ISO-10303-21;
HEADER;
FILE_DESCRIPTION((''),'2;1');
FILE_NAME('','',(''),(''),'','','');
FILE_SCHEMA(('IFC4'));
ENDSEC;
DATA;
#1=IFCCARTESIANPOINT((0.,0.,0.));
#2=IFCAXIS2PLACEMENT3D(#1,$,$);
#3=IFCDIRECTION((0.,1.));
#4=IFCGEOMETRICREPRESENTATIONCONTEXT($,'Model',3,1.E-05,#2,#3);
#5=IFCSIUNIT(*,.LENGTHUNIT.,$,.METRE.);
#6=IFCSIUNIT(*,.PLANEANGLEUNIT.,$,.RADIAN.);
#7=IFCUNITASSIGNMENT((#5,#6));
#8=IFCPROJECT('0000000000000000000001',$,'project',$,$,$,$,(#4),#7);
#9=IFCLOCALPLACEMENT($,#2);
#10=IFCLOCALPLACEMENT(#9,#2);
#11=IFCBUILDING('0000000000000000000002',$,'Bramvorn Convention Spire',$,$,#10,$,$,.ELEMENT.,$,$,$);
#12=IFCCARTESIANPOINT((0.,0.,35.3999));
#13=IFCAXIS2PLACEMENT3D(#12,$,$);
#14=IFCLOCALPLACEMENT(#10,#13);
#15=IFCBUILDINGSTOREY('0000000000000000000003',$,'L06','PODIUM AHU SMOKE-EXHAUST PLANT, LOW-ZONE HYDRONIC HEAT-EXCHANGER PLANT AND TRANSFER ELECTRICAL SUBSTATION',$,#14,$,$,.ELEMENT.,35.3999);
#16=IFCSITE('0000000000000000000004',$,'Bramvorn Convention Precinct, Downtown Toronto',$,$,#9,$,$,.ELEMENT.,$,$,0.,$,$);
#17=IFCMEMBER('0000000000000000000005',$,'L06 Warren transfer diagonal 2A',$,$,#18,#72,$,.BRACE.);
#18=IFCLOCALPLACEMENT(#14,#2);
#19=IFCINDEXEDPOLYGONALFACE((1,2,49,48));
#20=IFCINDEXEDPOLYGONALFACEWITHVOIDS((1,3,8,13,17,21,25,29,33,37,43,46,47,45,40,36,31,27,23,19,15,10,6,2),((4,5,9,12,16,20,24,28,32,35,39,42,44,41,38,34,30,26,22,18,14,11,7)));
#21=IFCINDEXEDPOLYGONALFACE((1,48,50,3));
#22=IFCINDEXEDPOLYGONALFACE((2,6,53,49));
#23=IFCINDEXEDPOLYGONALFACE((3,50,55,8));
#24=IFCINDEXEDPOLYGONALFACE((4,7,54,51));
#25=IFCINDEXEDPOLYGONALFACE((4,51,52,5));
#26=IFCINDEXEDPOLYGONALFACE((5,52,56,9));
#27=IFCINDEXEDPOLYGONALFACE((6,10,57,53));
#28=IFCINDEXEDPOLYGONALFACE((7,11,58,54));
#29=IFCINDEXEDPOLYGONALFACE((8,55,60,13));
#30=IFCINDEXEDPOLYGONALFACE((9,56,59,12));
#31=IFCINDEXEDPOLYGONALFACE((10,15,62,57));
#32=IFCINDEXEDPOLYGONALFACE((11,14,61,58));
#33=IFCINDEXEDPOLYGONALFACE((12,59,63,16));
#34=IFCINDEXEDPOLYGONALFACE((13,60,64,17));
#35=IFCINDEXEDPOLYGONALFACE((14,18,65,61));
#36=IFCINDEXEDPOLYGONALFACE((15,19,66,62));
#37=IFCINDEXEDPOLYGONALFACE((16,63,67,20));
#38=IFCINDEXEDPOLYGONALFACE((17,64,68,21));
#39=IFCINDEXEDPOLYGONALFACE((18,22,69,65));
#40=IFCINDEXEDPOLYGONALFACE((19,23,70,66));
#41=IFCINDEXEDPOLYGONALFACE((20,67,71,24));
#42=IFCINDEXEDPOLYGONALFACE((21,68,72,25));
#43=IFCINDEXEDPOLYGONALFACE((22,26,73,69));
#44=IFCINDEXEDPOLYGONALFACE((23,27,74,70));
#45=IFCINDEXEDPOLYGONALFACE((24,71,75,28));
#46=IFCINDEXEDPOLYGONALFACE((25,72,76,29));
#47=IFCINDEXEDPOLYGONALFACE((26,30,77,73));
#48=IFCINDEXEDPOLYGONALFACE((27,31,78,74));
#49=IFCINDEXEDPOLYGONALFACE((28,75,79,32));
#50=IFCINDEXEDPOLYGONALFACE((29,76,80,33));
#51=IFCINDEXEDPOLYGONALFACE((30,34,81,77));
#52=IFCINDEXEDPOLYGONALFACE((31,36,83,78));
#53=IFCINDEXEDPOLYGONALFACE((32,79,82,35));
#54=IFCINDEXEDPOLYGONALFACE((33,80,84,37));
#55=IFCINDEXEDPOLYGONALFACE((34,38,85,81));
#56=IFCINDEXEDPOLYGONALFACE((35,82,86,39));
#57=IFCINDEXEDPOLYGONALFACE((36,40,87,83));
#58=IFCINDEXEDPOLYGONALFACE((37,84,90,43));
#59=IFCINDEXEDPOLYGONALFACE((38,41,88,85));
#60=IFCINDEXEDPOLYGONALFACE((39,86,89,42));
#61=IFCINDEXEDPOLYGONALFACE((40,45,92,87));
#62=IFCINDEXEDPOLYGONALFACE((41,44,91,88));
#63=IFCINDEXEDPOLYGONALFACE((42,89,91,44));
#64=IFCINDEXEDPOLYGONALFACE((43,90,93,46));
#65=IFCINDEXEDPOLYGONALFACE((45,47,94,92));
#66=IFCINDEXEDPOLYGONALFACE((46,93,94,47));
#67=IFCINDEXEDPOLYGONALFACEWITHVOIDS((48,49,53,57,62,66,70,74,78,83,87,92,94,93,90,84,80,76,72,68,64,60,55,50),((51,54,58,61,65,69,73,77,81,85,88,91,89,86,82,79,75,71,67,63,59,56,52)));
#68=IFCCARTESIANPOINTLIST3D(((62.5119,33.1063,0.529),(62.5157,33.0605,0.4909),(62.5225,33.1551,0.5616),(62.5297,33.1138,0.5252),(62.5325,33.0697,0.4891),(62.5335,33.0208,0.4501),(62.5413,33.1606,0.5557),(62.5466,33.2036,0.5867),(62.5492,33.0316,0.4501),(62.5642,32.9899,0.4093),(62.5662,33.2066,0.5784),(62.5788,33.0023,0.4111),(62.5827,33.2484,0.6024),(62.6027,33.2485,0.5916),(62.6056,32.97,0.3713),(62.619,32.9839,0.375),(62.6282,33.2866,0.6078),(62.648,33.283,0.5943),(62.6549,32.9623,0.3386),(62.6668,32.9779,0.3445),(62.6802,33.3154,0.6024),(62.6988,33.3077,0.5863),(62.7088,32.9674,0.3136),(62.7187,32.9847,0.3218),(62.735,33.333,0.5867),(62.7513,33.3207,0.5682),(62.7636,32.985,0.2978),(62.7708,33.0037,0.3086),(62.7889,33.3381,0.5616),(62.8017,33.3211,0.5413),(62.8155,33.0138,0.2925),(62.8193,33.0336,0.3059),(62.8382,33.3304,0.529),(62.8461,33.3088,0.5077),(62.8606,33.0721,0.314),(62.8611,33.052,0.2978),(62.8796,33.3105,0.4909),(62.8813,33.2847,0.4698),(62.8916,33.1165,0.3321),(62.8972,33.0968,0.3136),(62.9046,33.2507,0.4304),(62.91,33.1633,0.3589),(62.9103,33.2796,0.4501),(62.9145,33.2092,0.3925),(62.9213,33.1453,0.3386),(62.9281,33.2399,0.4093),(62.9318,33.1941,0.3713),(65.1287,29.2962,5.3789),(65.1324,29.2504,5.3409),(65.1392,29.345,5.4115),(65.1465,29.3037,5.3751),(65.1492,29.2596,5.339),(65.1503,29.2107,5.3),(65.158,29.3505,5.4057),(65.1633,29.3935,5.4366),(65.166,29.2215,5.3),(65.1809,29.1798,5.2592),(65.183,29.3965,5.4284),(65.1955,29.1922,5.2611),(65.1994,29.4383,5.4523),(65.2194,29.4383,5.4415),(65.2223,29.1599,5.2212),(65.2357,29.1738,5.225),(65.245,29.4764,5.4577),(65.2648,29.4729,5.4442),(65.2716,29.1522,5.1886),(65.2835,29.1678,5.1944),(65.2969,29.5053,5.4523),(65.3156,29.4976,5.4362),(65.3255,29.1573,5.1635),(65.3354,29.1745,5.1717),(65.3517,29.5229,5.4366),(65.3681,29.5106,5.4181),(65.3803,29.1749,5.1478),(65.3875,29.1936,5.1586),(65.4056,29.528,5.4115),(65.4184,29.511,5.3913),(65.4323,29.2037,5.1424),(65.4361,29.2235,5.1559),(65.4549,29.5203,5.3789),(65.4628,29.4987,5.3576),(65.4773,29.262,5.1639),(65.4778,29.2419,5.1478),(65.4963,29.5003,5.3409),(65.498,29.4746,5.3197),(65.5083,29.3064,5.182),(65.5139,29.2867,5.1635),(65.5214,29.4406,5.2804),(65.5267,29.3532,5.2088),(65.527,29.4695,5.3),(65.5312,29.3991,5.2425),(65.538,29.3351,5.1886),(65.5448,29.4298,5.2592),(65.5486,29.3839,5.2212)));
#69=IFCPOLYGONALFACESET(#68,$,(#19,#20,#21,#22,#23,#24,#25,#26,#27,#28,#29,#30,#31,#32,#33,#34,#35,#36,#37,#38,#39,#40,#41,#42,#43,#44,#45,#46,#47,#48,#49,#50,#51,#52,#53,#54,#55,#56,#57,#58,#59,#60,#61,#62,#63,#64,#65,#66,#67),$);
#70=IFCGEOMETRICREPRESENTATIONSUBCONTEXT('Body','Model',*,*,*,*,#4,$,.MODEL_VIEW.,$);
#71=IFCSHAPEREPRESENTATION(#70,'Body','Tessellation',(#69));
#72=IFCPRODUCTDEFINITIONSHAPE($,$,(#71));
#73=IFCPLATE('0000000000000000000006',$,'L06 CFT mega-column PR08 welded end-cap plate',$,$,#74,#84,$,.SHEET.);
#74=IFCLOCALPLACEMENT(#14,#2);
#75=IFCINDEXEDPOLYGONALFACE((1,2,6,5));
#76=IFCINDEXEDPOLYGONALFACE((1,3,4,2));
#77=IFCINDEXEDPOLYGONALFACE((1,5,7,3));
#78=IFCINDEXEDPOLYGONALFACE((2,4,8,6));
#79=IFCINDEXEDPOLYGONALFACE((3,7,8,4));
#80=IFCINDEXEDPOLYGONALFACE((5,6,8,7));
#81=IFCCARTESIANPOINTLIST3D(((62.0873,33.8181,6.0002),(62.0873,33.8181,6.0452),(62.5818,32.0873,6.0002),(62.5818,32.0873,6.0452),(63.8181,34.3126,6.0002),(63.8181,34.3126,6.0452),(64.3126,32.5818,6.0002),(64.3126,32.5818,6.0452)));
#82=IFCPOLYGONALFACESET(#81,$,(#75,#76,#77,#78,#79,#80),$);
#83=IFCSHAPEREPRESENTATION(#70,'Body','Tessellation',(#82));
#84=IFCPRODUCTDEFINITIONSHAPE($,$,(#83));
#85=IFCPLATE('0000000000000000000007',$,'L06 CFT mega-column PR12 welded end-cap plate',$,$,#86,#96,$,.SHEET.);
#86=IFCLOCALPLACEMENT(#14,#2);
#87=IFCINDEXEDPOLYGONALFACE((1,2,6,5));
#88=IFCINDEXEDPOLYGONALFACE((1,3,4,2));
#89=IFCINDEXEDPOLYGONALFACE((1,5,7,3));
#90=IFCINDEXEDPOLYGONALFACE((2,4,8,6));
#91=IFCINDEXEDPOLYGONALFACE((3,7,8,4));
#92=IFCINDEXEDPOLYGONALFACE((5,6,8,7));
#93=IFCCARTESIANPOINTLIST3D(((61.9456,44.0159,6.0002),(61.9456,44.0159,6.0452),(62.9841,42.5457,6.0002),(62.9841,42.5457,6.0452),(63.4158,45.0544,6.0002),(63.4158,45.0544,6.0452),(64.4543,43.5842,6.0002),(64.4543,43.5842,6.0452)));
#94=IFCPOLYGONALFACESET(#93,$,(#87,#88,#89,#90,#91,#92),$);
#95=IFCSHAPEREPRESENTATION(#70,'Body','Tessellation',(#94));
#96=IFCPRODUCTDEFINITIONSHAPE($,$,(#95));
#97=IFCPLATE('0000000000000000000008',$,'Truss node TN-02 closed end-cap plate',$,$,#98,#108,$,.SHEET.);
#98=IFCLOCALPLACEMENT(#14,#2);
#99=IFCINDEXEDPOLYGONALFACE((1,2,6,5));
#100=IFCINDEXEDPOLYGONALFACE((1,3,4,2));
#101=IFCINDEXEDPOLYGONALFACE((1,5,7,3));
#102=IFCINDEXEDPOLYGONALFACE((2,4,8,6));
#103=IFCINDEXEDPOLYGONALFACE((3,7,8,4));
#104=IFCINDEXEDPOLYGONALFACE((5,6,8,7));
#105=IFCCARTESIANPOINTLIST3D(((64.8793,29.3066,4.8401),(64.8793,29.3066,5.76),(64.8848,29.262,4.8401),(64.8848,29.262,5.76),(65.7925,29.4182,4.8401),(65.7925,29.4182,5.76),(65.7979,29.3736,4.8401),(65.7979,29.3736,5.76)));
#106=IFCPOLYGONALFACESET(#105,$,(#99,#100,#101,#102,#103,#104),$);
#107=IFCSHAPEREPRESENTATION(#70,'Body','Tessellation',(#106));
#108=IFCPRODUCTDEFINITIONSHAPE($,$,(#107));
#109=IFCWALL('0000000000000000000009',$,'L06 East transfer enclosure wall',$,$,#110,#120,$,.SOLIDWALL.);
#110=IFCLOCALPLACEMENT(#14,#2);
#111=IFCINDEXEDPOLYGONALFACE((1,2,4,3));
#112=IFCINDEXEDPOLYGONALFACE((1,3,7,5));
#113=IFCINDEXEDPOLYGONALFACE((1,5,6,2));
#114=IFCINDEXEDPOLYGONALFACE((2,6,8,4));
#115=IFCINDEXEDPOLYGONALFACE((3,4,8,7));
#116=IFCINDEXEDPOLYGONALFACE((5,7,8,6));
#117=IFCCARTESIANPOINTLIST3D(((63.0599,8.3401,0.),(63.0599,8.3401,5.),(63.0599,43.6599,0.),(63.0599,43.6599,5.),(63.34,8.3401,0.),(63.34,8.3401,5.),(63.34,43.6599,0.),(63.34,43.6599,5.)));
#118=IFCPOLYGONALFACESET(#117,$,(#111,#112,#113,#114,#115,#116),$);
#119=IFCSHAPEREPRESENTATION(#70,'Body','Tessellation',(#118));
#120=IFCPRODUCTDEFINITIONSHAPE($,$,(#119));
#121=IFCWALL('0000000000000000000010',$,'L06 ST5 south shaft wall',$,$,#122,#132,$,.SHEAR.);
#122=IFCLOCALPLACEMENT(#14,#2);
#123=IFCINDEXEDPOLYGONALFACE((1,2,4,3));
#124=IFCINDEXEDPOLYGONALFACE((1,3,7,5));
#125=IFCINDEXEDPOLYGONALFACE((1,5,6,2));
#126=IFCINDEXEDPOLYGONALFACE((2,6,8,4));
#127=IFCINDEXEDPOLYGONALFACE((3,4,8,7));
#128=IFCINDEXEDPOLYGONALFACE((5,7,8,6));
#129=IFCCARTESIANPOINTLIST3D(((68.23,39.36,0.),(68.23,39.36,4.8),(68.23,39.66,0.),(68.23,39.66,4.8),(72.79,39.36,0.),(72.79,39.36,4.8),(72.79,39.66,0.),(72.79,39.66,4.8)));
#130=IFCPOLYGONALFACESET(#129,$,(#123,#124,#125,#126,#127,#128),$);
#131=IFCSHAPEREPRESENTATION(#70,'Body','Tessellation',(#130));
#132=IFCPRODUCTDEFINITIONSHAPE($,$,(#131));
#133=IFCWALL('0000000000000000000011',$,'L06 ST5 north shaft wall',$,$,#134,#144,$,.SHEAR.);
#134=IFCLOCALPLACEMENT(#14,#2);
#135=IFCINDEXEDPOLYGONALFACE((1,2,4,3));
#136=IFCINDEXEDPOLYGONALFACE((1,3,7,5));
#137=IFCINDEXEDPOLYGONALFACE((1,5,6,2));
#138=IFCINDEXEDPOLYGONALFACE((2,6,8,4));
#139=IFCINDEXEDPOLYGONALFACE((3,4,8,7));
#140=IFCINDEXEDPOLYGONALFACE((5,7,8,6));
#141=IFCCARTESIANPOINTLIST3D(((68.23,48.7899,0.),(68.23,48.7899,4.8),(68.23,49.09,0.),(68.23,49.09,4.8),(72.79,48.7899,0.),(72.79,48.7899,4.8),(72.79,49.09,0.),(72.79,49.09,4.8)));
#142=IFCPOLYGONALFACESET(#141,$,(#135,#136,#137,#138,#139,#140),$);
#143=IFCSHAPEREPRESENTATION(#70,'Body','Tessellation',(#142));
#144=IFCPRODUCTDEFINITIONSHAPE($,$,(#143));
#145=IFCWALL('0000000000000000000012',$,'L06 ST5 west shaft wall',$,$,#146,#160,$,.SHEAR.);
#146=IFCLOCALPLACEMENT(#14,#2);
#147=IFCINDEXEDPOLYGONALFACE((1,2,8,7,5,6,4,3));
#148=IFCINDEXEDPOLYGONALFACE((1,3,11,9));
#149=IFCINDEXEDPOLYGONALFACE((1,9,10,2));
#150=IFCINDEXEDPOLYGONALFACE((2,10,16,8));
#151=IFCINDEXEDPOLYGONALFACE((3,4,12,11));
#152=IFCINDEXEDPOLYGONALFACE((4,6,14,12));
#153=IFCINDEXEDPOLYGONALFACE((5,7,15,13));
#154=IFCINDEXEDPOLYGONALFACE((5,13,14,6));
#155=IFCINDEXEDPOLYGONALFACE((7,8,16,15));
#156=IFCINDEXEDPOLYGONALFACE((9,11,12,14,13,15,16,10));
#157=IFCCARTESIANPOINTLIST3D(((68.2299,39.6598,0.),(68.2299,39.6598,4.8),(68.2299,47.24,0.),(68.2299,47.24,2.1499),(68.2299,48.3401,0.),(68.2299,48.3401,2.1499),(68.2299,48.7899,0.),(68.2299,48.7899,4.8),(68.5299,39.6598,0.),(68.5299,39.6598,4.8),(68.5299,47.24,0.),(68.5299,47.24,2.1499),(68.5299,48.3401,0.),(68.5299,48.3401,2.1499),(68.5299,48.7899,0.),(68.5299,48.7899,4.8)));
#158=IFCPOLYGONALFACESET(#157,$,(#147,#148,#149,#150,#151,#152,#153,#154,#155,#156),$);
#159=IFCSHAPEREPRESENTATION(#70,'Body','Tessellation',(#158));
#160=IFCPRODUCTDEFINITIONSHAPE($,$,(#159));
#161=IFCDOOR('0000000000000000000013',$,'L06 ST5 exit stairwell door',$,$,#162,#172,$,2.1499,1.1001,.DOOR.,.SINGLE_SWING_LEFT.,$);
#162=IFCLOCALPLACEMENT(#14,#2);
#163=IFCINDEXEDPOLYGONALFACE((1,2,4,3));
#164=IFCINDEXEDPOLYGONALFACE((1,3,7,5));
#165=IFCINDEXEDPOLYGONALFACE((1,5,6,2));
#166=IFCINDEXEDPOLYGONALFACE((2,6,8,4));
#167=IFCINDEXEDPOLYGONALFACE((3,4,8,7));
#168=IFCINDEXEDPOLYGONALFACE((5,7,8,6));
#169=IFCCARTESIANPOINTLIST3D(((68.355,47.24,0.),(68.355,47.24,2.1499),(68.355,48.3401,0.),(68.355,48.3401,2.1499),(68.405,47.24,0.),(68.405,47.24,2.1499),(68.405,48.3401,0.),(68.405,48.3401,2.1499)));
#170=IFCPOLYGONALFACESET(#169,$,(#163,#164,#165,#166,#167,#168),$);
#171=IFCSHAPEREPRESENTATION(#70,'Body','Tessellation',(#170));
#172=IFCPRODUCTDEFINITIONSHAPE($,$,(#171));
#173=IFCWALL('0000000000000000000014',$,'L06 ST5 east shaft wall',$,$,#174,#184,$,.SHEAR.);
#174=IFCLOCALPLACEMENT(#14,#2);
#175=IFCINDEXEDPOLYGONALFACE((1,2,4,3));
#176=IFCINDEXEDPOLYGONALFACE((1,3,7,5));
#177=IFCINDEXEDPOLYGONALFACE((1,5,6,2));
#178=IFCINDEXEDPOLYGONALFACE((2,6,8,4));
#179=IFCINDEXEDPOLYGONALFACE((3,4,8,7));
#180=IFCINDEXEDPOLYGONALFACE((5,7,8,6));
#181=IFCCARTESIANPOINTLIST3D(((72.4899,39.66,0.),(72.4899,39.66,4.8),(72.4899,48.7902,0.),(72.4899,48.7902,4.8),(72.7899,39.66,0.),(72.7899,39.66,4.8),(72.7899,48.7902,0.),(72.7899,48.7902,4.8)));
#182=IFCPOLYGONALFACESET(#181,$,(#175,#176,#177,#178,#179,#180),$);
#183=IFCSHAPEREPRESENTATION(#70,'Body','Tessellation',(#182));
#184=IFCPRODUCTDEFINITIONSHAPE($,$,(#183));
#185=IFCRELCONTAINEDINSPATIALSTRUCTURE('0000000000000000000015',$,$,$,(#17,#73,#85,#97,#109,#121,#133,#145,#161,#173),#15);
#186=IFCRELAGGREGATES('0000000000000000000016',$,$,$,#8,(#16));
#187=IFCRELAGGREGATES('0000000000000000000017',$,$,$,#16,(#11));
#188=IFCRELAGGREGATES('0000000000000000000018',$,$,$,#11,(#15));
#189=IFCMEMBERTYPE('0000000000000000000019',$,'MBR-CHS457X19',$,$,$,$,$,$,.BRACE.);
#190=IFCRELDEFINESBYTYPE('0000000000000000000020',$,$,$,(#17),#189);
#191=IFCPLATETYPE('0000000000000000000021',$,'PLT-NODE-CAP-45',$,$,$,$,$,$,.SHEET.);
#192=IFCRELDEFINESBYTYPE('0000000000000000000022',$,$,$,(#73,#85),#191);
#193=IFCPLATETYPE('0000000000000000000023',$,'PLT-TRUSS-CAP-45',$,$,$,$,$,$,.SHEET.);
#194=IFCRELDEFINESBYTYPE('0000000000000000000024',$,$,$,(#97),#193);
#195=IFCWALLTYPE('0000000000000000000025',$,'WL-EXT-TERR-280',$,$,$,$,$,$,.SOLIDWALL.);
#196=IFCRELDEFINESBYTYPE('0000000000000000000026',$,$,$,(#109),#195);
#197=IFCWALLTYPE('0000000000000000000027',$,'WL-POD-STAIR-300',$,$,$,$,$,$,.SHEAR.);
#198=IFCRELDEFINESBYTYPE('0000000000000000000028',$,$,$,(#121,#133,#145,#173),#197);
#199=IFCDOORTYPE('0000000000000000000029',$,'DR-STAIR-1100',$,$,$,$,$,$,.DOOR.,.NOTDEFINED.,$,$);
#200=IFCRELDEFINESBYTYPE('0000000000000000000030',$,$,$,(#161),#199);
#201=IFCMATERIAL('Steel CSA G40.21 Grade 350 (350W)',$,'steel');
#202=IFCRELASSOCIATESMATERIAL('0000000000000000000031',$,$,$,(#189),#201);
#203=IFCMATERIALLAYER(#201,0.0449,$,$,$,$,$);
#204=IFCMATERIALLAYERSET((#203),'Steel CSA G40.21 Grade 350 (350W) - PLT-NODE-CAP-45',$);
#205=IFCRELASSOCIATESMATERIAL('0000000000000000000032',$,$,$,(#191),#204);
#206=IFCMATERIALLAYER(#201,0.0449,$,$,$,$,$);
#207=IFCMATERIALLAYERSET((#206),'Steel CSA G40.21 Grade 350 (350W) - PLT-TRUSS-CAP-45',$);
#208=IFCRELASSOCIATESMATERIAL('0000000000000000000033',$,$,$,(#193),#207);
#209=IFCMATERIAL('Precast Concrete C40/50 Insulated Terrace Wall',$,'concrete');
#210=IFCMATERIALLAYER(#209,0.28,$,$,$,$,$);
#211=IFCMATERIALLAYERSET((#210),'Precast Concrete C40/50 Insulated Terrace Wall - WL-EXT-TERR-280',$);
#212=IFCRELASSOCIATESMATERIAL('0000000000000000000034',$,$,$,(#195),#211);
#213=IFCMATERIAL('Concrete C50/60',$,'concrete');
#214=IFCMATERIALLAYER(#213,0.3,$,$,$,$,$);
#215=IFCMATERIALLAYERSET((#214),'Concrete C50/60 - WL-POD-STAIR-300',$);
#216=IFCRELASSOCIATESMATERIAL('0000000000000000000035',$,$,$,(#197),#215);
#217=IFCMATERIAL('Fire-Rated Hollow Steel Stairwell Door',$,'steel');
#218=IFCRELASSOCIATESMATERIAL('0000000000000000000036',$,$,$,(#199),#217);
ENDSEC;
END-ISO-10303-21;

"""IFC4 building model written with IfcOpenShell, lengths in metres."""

from ifc_helpers import new_model, si_unit, direction, frame, frame_2d, origin, origin_2d, place, context, subcontext, project, spatial, rectangle, hollow_circle, extrude, material, layer, layer_set, material_profile, profile_set, type_object, element, fill, save


model = new_model("IFC4")

# Units and contexts
model_context = context("Model", 3, precision=1e-05, world=origin(), true_north=direction((0.0, 1.0)))
body_context = subcontext(model_context, "Body", "Model", "MODEL_VIEW")
ifc_project = project(units=[si_unit("LENGTHUNIT", "METRE"), si_unit("PLANEANGLEUNIT", "RADIAN")], contexts=[model_context])

# Site, building, storey
site_placement = place(None, origin())
site = spatial("IfcSite", under=ifc_project, at=site_placement, Name="Bramvorn Convention Precinct, Downtown Toronto", CompositionType="ELEMENT", RefElevation=0.0)
building_placement = place(site_placement, origin())
building = spatial("IfcBuilding", under=site, at=building_placement, Name="Bramvorn Convention Spire", CompositionType="ELEMENT")
storey_placement = place(building_placement, frame((0.0, 0.0, 35.3999)))
storey = spatial("IfcBuildingStorey", under=building, at=storey_placement, Name="L06", Description="PODIUM AHU SMOKE-EXHAUST PLANT, LOW-ZONE HYDRONIC HEAT-EXCHANGER PLANT AND TRANSFER ELECTRICAL SUBSTATION", CompositionType="ELEMENT", Elevation=35.3999)

# Shared definitions
ifc_material_1 = material(Name="Steel CSA G40.21 Grade 350 (350W)", Category="steel")

# Member
ifc_material_profile_1 = material_profile(ifc_material_1, hollow_circle(Radius=0.2285, WallThickness=0.019, at=origin_2d()))
ifc_profile_set_1 = profile_set([ifc_material_profile_1], Name="Steel CSA G40.21 Grade 350 (350W) - CHS457X19")
member_type_1 = type_object("IfcMemberType", Name="MBR-CHS457X19", PredefinedType="BRACE", material=ifc_profile_set_1)
member_1_placement = place(storey_placement, frame((65.3386, 29.3401, 5.3), z_axis=(-0.390575, 0.568699, -0.723901), x_axis=(-0.824316, -0.56613, 0.0)))
element("IfcMember", 1, at=member_1_placement, inside=storey, type_object=member_type_1, Name="L06 Warren transfer diagonal 2A", PredefinedType="BRACE", context=body_context, shape_type="SweptSolid", body=[
    extrude(hollow_circle(Radius=0.2285, WallThickness=0.019, at=origin_2d()), origin(), (0.0, 0.0, 1.0), 6.6997),
])

# Plates
ifc_layer_1 = layer(ifc_material_1, 0.0449)
ifc_layer_set_1 = layer_set([ifc_layer_1], Name="Steel CSA G40.21 Grade 350 (350W) - PLT-NODE-CAP-45")
plate_type_1 = type_object("IfcPlateType", Name="PLT-NODE-CAP-45", PredefinedType="SHEET", material=ifc_layer_set_1)
for number, where, z_axis, x_axis, name in (
    (2, (63.2, 33.2, 6.0002), (0.0, 0.0, 1.0), (0.961524, 0.274721, 0.0), "L06 CFT mega-column PR08 welded end-cap plate"),
    (3, (63.2, 43.8, 6.0002), (0.0, 0.0, 1.0), (0.816788, 0.576938, 0.0), "L06 CFT mega-column PR12 welded end-cap plate"),
):
    element("IfcPlate", number, at=place(storey_placement, frame(where, z_axis=z_axis, x_axis=x_axis)), inside=storey, type_object=plate_type_1, Name=name, PredefinedType="SHEET", context=body_context, shape_type="SweptSolid", body=[
        extrude(rectangle(XDim=1.8, YDim=1.8, at=origin_2d()), origin(), (0.0, 0.0, 1.0), 0.0449),
    ])
ifc_layer_2 = layer(ifc_material_1, 0.0449)
ifc_layer_set_2 = layer_set([ifc_layer_2], Name="Steel CSA G40.21 Grade 350 (350W) - PLT-TRUSS-CAP-45")
plate_type_2 = type_object("IfcPlateType", Name="PLT-TRUSS-CAP-45", PredefinedType="SHEET", material=ifc_layer_set_2)
plate_placement = place(storey_placement, frame((65.3386, 29.3401, 4.8401), z_axis=(0.0, 0.0, 1.0), x_axis=(0.992619, 0.121273, 0.0)))
element("IfcPlate", 4, at=plate_placement, inside=storey, type_object=plate_type_2, Name="Truss node TN-02 closed end-cap plate", PredefinedType="SHEET", context=body_context, shape_type="SweptSolid", body=[
    extrude(rectangle(XDim=0.9199, YDim=0.0449, at=origin_2d()), origin(), (0.0, 0.0, 1.0), 0.9199),
])

# Walls
ifc_material_2 = material(Name="Precast Concrete C40/50 Insulated Terrace Wall", Category="concrete")
ifc_layer_3 = layer(ifc_material_2, 0.28)
ifc_layer_set_3 = layer_set([ifc_layer_3], Name="Precast Concrete C40/50 Insulated Terrace Wall - WL-EXT-TERR-280")
wall_type_1 = type_object("IfcWallType", Name="WL-EXT-TERR-280", PredefinedType="SOLIDWALL", material=ifc_layer_set_3)
wall_1_placement = place(storey_placement, frame((63.2, 43.6599, 0.0), z_axis=(0.0, 0.0, 1.0), x_axis=(0.0, -1.0, 0.0)))
element("IfcWall", 5, at=wall_1_placement, inside=storey, type_object=wall_type_1, Name="L06 East transfer enclosure wall", PredefinedType="SOLIDWALL", context=body_context, shape_type="SweptSolid", body=[
    extrude(rectangle(XDim=35.3198, YDim=0.28, at=frame_2d((17.6599, 0.0))), origin(), (0.0, 0.0, 1.0), 5.0),
])
ifc_material_3 = material(Name="Concrete C50/60", Category="concrete")
ifc_layer_4 = layer(ifc_material_3, 0.3)
ifc_layer_set_4 = layer_set([ifc_layer_4], Name="Concrete C50/60 - WL-POD-STAIR-300")
wall_type_2 = type_object("IfcWallType", Name="WL-POD-STAIR-300", PredefinedType="SHEAR", material=ifc_layer_set_4)
for number, where, z_axis, x_axis, name in (
    (6, (68.23, 39.51, 0.0), (0.0, 0.0, 1.0), (1.0, 0.0, 0.0), "L06 ST5 south shaft wall"),
    (7, (68.23, 48.9399, 0.0), (0.0, 0.0, 1.0), (1.0, 0.0, 0.0), "L06 ST5 north shaft wall"),
):
    element("IfcWall", number, at=place(storey_placement, frame(where, z_axis=z_axis, x_axis=x_axis)), inside=storey, type_object=wall_type_2, Name=name, PredefinedType="SHEAR", context=body_context, shape_type="SweptSolid", body=[
        extrude(rectangle(XDim=4.5601, YDim=0.3, at=frame_2d((2.28, 0.0))), origin(), (0.0, 0.0, 1.0), 4.8),
    ])

# Wall, opening, door
wall_2_placement = place(storey_placement, frame((68.3799, 39.6599, 0.0), z_axis=(0.0, 0.0, 1.0), x_axis=(0.0, 1.0, 0.0)))
wall_2 = element("IfcWall", 8, at=wall_2_placement, inside=storey, type_object=wall_type_2, Name="L06 ST5 west shaft wall", PredefinedType="SHEAR", context=body_context, shape_type="SweptSolid", body=[
    extrude(rectangle(XDim=9.1301, YDim=0.3, at=frame_2d((4.5649, 0.0))), origin(), (0.0, 0.0, 1.0), 4.8),
])
opening_placement = place(wall_2_placement, frame((7.5801, 0.0, 0.0)))
opening = element("IfcOpeningElement", 9, at=opening_placement, cuts=wall_2, PredefinedType="OPENING", context=body_context, shape_type="SweptSolid", body=[
    extrude(rectangle(XDim=1.1001, YDim=2.1499, at=frame_2d((0.55, 1.075))), frame((0.0, 0.1599, 0.0), z_axis=(0.0, -1.0, 0.0), x_axis=(1.0, 0.0, 0.0)), (0.0, 0.0, 1.0), 0.3201),
])
ifc_material_4 = material(Name="Fire-Rated Hollow Steel Stairwell Door", Category="steel")
door_type = type_object("IfcDoorType", Name="DR-STAIR-1100", OperationType="NOTDEFINED", PredefinedType="DOOR", material=ifc_material_4)
door_placement = place(opening_placement, origin())
door = element("IfcDoor", 10, at=door_placement, inside=storey, type_object=door_type, Name="L06 ST5 exit stairwell door", OperationType="SINGLE_SWING_LEFT", OverallHeight=2.1499, OverallWidth=1.1001, PredefinedType="DOOR", context=body_context, shape_type="SweptSolid", body=[
    extrude(rectangle(XDim=1.1001, YDim=2.1499, at=frame_2d((0.55, 1.075))), frame((0.0, 0.0249, 0.0), z_axis=(0.0, -1.0, 0.0), x_axis=(1.0, 0.0, 0.0)), (0.0, 0.0, 1.0), 0.05),
])
fill(opening, door)

# Wall
wall_3_placement = place(storey_placement, frame((72.6399, 48.79, 0.0), z_axis=(0.0, 0.0, 1.0), x_axis=(0.0, -1.0, 0.0)))
element("IfcWall", 11, at=wall_3_placement, inside=storey, type_object=wall_type_2, Name="L06 ST5 east shaft wall", PredefinedType="SHEAR", context=body_context, shape_type="SweptSolid", body=[
    extrude(rectangle(XDim=9.1301, YDim=0.3, at=frame_2d((4.5649, 0.0))), origin(), (0.0, 0.0, 1.0), 4.8),
])

save(model, "model.ifc")
